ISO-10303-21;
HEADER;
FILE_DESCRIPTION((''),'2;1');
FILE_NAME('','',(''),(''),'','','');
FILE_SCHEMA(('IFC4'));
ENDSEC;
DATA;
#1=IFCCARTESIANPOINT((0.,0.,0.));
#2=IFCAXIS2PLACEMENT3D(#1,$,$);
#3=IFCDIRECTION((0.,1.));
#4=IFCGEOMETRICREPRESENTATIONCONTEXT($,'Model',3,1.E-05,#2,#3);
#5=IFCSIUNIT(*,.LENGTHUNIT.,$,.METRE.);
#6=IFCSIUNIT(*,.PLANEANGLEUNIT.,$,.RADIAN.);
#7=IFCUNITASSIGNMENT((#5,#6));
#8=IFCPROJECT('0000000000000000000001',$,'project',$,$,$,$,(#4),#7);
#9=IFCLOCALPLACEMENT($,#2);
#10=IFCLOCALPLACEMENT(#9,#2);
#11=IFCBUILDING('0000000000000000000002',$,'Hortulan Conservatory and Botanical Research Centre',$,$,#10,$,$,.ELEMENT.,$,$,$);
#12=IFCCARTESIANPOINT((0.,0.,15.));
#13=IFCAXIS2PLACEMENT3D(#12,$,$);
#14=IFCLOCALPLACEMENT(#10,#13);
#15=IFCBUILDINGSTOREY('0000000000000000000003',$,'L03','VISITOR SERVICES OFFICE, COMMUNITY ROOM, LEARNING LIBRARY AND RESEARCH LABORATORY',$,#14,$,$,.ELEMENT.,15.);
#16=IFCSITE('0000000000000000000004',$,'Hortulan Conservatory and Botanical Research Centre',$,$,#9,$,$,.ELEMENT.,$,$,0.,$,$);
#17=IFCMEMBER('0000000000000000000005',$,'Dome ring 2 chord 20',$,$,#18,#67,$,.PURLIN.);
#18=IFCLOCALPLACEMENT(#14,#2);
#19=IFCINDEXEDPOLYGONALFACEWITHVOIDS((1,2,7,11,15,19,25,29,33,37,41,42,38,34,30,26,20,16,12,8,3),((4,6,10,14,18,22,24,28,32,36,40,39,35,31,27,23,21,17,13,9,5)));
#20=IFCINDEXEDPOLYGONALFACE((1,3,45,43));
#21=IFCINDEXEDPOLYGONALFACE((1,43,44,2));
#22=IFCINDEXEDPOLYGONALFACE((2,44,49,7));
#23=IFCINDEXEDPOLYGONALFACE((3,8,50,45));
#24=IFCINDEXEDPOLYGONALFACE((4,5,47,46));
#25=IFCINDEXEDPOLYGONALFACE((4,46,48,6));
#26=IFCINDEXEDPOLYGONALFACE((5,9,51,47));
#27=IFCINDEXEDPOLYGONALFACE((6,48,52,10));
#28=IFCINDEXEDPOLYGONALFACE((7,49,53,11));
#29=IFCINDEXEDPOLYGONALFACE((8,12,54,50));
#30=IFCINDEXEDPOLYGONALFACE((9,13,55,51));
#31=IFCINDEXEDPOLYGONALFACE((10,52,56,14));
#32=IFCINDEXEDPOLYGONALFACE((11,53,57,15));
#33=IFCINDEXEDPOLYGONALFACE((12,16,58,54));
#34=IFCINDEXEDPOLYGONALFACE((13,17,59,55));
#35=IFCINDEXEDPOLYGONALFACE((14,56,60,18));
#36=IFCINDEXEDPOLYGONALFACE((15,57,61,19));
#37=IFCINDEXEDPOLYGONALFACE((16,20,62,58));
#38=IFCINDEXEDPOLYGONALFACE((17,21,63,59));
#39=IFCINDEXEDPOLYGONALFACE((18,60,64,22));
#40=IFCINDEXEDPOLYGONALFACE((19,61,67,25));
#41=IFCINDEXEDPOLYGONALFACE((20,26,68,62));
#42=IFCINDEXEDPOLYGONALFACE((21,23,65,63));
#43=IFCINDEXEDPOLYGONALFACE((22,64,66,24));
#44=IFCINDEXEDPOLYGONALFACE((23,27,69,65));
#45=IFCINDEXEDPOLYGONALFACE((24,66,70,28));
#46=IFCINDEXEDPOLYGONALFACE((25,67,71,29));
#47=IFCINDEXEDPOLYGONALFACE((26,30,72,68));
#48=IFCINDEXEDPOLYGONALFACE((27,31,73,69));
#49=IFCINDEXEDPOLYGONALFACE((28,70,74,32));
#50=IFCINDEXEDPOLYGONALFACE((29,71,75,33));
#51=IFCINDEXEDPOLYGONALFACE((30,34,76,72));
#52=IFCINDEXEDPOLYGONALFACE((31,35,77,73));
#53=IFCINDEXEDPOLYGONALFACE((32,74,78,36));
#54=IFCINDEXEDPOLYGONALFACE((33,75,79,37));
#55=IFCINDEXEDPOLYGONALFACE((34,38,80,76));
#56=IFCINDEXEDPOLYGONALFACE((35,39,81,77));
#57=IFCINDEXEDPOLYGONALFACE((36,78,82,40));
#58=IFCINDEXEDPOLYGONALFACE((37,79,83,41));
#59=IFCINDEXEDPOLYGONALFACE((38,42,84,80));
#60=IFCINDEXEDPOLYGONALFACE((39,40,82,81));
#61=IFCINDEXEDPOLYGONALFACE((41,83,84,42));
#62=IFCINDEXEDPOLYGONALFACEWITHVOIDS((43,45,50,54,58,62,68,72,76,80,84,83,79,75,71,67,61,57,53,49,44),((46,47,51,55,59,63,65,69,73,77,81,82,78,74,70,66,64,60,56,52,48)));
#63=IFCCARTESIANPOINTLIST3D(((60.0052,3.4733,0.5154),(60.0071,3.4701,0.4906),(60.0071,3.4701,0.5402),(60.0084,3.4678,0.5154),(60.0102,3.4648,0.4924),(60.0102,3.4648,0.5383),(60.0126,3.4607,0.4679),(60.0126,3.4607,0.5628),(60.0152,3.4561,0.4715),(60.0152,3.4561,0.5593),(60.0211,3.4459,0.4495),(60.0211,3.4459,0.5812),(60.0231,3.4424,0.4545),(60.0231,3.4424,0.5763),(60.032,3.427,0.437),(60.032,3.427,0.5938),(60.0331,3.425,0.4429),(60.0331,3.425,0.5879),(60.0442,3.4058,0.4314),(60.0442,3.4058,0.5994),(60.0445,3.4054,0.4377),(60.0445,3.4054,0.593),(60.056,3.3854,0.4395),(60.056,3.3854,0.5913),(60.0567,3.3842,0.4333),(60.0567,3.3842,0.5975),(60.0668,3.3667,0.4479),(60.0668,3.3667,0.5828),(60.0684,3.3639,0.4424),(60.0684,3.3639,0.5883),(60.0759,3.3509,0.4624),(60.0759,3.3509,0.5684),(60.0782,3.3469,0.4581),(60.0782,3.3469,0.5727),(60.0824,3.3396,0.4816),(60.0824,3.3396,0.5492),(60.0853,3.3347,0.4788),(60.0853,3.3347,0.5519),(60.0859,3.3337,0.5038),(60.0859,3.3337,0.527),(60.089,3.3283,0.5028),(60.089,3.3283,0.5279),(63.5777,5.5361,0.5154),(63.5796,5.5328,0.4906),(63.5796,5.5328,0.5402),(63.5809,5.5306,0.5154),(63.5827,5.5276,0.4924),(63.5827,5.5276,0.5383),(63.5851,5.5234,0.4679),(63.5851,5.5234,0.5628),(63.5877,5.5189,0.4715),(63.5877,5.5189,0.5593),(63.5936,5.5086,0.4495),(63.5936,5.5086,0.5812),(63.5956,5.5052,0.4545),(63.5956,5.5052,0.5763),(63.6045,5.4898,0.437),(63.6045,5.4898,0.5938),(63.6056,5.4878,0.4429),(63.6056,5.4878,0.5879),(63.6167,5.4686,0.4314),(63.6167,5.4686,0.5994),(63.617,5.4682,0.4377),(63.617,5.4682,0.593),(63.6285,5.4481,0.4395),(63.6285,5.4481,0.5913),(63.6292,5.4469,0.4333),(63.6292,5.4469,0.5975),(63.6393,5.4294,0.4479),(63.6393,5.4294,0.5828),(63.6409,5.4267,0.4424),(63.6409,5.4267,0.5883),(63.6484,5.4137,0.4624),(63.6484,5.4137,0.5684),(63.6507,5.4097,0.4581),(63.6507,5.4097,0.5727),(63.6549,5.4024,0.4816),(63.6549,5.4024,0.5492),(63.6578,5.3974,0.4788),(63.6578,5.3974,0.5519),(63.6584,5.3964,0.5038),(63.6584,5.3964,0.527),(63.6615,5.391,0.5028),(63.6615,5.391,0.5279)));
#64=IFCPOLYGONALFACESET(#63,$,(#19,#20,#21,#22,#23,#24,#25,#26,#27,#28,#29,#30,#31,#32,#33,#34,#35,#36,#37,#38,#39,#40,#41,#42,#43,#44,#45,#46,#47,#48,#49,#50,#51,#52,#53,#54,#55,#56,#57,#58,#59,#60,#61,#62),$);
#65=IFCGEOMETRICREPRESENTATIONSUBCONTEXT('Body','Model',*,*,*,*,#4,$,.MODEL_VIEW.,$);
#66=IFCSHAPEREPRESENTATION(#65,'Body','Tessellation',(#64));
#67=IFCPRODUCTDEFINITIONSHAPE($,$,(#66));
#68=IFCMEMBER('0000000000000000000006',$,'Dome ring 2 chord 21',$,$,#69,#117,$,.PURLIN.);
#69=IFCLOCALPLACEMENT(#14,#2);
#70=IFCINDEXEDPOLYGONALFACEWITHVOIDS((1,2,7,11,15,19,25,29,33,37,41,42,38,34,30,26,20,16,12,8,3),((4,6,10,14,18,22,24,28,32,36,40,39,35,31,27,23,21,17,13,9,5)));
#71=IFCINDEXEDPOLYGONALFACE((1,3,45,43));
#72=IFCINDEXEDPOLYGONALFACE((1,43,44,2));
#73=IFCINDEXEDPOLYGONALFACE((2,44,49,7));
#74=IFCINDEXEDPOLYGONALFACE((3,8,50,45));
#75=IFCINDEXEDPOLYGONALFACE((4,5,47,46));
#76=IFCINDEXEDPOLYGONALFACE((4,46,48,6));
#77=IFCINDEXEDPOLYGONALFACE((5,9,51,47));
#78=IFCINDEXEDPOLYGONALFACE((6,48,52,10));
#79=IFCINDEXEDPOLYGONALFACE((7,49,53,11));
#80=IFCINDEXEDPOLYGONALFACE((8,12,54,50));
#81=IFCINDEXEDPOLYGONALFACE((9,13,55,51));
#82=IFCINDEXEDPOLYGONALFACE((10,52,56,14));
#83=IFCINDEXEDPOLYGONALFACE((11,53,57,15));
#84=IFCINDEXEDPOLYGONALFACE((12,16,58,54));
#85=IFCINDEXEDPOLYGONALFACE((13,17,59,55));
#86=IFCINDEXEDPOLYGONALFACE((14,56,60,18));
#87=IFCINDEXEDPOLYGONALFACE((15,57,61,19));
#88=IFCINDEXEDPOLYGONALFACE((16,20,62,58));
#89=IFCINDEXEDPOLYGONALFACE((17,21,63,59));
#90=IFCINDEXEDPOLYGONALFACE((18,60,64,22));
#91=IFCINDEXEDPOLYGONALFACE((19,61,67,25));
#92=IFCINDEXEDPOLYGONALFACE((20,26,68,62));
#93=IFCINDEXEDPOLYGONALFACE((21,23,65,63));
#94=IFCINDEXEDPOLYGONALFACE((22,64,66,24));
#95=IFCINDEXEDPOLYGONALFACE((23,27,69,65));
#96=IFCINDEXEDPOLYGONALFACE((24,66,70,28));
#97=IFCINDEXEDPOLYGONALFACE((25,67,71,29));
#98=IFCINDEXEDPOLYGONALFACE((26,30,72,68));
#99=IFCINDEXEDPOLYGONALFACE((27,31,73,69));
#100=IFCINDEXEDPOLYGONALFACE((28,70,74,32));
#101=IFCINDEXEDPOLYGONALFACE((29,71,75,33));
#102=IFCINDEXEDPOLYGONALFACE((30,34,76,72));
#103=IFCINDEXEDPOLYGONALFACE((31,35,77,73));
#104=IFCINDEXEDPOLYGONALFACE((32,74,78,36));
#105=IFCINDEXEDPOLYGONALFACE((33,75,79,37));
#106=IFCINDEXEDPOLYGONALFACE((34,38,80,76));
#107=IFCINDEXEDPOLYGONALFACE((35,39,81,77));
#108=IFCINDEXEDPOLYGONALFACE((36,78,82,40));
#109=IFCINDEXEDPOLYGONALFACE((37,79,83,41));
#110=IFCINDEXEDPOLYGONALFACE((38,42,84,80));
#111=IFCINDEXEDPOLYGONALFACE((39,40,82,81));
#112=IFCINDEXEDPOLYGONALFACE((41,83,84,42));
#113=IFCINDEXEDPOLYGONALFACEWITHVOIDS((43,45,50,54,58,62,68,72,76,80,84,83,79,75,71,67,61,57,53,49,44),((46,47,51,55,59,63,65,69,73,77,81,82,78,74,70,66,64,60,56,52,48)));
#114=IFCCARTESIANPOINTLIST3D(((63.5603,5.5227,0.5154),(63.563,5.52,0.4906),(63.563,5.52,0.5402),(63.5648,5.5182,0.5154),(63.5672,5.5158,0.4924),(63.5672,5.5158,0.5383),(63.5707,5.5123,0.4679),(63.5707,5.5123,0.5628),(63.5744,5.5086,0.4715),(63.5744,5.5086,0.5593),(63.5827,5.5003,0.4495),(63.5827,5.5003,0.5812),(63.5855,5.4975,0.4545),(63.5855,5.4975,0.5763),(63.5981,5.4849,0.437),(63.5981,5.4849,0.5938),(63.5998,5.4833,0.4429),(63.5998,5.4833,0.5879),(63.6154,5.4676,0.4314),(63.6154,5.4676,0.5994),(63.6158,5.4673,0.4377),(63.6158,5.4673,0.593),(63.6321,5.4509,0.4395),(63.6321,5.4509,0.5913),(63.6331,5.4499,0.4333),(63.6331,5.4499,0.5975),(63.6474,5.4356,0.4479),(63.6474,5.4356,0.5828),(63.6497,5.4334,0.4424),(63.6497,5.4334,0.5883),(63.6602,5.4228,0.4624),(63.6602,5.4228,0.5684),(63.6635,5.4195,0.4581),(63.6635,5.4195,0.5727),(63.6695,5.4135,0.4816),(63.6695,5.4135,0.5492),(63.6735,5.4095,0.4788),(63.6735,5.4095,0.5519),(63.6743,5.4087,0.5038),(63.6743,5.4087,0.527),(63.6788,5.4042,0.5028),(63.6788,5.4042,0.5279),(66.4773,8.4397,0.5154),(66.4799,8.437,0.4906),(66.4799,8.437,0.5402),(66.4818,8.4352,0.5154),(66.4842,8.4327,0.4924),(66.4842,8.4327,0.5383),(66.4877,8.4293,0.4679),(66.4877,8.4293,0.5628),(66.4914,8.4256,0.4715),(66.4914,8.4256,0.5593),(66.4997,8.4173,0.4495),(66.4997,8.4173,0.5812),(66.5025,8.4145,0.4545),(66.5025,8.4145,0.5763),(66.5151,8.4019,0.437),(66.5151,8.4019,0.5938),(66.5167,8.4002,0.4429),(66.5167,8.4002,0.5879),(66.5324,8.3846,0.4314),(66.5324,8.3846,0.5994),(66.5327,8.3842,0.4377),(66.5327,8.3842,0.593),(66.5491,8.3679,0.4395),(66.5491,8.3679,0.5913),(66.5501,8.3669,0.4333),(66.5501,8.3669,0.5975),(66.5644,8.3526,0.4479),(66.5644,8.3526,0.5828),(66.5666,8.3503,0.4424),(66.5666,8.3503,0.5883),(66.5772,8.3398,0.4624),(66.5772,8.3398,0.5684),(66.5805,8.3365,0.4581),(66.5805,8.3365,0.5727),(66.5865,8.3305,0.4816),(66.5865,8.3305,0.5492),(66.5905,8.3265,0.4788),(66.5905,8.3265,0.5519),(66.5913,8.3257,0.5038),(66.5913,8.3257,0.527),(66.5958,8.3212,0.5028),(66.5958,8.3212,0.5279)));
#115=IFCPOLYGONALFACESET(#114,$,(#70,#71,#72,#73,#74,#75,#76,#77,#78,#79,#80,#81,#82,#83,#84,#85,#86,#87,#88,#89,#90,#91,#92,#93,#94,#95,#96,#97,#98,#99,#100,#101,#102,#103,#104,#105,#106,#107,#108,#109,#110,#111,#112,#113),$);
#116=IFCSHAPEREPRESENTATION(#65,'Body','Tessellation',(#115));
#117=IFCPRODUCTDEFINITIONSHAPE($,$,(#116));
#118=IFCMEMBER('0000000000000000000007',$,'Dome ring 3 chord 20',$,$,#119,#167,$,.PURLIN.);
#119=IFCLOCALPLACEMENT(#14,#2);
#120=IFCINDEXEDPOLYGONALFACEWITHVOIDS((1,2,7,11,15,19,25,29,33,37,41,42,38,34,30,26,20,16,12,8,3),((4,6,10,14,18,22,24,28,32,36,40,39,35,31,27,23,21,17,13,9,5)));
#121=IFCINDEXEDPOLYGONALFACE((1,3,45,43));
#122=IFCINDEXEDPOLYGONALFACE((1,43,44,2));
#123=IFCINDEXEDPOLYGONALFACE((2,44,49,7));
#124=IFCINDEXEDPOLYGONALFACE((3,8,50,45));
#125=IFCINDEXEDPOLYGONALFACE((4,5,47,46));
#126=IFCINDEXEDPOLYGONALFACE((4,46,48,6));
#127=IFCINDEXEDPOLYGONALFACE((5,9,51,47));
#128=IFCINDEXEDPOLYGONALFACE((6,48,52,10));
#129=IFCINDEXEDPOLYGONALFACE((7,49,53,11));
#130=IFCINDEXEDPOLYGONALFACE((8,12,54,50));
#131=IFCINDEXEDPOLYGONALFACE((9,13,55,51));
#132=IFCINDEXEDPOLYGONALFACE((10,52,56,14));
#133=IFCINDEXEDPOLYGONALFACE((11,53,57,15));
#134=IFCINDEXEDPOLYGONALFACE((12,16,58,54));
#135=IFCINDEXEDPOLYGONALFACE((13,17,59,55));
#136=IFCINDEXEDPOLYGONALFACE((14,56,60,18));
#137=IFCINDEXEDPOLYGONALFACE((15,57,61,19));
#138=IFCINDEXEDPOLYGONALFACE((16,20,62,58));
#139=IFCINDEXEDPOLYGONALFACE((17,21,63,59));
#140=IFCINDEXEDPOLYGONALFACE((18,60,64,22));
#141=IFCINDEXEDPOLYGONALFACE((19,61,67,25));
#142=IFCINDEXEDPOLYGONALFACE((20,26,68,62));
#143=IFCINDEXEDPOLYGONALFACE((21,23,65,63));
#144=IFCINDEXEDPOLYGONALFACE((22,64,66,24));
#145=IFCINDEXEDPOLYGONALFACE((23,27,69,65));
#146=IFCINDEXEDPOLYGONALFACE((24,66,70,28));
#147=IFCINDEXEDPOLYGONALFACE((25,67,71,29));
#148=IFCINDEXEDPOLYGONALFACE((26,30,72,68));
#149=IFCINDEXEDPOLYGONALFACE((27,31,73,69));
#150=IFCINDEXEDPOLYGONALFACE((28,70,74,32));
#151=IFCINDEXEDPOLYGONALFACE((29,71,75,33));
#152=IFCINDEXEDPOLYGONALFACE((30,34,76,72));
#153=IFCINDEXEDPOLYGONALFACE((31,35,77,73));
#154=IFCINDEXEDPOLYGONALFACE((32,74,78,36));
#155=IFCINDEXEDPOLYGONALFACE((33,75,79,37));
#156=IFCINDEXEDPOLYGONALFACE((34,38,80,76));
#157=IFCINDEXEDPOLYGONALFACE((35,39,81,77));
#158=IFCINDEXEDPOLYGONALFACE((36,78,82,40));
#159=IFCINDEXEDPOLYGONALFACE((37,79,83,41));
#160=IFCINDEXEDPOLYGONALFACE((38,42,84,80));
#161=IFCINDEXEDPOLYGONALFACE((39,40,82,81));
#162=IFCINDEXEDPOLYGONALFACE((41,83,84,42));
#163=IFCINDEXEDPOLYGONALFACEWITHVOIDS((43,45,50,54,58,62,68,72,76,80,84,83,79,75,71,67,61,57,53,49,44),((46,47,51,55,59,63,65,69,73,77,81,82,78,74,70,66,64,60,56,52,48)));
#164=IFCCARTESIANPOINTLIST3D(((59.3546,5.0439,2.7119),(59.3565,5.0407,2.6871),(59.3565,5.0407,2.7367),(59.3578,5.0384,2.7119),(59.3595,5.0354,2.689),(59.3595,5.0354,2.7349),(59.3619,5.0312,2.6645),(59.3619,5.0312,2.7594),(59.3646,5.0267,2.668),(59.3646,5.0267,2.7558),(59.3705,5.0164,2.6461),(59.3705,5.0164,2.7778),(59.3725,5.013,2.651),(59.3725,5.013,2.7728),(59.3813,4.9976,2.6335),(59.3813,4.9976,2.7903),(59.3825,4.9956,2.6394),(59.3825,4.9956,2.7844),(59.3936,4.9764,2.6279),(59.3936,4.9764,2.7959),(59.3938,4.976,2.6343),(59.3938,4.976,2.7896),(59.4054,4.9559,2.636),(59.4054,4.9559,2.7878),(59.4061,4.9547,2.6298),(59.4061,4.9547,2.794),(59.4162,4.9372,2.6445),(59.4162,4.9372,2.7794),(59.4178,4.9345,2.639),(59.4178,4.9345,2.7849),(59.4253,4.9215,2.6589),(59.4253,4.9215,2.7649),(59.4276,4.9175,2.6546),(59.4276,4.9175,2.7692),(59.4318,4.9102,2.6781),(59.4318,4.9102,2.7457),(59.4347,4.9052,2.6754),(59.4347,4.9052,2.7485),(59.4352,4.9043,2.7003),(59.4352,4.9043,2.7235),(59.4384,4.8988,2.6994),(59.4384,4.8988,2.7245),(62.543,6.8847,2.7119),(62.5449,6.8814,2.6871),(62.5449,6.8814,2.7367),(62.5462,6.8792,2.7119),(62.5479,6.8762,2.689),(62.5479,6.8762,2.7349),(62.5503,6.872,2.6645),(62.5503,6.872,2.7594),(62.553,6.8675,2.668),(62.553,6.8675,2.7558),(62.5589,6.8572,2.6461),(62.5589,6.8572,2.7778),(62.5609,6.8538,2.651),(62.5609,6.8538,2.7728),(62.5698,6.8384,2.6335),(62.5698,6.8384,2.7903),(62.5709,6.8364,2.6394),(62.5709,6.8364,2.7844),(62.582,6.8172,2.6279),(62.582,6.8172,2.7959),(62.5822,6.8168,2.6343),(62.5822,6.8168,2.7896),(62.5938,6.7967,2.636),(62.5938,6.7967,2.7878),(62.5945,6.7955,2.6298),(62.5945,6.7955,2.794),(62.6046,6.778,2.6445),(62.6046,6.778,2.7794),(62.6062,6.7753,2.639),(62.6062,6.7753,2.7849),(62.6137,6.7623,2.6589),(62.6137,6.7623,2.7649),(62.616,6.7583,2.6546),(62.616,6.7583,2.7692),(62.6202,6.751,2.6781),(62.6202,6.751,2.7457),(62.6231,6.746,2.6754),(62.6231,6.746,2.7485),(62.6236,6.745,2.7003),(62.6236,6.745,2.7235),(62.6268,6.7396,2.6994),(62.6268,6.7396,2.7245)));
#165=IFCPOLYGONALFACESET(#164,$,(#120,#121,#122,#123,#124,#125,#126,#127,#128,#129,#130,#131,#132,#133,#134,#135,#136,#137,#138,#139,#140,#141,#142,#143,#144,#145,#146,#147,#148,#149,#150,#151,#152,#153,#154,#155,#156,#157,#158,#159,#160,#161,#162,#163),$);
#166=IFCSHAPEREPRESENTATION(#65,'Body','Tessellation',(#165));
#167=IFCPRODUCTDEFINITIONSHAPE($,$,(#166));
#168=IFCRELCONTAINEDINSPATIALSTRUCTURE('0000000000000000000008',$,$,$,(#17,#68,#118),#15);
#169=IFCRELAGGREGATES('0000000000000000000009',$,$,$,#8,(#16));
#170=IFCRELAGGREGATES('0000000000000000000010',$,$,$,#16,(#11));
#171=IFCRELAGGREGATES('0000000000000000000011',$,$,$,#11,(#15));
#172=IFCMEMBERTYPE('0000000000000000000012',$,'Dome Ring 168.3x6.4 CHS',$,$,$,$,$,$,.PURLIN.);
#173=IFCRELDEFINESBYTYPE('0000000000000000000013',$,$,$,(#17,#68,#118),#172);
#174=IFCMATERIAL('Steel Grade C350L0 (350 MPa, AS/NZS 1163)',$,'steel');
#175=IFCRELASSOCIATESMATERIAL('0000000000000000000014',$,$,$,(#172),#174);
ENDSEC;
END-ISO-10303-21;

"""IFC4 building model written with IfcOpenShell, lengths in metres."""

from ifc_helpers import new_model, si_unit, direction, frame, origin, origin_2d, place, context, subcontext, project, spatial, hollow_circle, extrude, material, material_profile, profile_set, type_object, element, save


model = new_model("IFC4")

# Units and contexts
model_context = context("Model", 3, precision=1e-05, world=origin(), true_north=direction((0.0, 1.0)))
body_context = subcontext(model_context, "Body", "Model", "MODEL_VIEW")
ifc_project = project(units=[si_unit("LENGTHUNIT", "METRE"), si_unit("PLANEANGLEUNIT", "RADIAN")], contexts=[model_context])

# Site, building, storey
site_placement = place(None, origin())
site = spatial("IfcSite", under=ifc_project, at=site_placement, Name="Hortulan Conservatory and Botanical Research Centre", CompositionType="ELEMENT", RefElevation=0.0)
building_placement = place(site_placement, origin())
building = spatial("IfcBuilding", under=site, at=building_placement, Name="Hortulan Conservatory and Botanical Research Centre", CompositionType="ELEMENT")
storey_placement = place(building_placement, frame((0.0, 0.0, 15.0)))
storey = spatial("IfcBuildingStorey", under=building, at=storey_placement, Name="L03", Description="VISITOR SERVICES OFFICE, COMMUNITY ROOM, LEARNING LIBRARY AND RESEARCH LABORATORY", CompositionType="ELEMENT", Elevation=15.0)

# Shared definitions
ifc_material_1 = material(Name="Steel Grade C350L0 (350 MPa, AS/NZS 1163)", Category="steel")

# Members
ifc_material_profile_1 = material_profile(ifc_material_1, hollow_circle(Radius=0.0842, WallThickness=0.0063, at=origin_2d()), Name="168.3x6.4CHS")
ifc_profile_set_1 = profile_set([ifc_material_profile_1], Name="Steel Grade C350L0 (350 MPa, AS/NZS 1163)")
member_type_1 = type_object("IfcMemberType", Name="Dome Ring 168.3x6.4 CHS", PredefinedType="PURLIN", material=ifc_profile_set_1)
for number, where, z_axis, x_axis, name in (
    (1, (60.0474, 3.4004, 0.5154), (0.866009, 0.500028, 0.0), (-0.500028, 0.866009, 0.0), "Dome ring 2 chord 20"),
    (2, (63.6199, 5.4631, 0.5154), (0.707107, 0.707107, 0.0), (-0.707107, 0.707107, 0.0), "Dome ring 2 chord 21"),
):
    element("IfcMember", number, at=place(storey_placement, frame(where, z_axis=z_axis, x_axis=x_axis)), inside=storey, type_object=member_type_1, Name=name, PredefinedType="PURLIN", context=body_context, shape_type="SweptSolid", body=[
        extrude(hollow_circle(Radius=0.0842, WallThickness=0.0063, at=origin_2d()), origin(), (0.0, 0.0, 1.0), 4.1252),
    ])
member_1_placement = place(storey_placement, frame((59.3967, 4.9709, 2.7119), z_axis=(0.866031, 0.49999, 0.0), x_axis=(-0.49999, 0.866031, 0.0)))
element("IfcMember", 3, at=member_1_placement, inside=storey, type_object=member_type_1, Name="Dome ring 3 chord 20", PredefinedType="PURLIN", context=body_context, shape_type="SweptSolid", body=[
    extrude(hollow_circle(Radius=0.0842, WallThickness=0.0063, at=origin_2d()), origin(), (0.0, 0.0, 1.0), 3.6816),
])

save(model, "model.ifc")
